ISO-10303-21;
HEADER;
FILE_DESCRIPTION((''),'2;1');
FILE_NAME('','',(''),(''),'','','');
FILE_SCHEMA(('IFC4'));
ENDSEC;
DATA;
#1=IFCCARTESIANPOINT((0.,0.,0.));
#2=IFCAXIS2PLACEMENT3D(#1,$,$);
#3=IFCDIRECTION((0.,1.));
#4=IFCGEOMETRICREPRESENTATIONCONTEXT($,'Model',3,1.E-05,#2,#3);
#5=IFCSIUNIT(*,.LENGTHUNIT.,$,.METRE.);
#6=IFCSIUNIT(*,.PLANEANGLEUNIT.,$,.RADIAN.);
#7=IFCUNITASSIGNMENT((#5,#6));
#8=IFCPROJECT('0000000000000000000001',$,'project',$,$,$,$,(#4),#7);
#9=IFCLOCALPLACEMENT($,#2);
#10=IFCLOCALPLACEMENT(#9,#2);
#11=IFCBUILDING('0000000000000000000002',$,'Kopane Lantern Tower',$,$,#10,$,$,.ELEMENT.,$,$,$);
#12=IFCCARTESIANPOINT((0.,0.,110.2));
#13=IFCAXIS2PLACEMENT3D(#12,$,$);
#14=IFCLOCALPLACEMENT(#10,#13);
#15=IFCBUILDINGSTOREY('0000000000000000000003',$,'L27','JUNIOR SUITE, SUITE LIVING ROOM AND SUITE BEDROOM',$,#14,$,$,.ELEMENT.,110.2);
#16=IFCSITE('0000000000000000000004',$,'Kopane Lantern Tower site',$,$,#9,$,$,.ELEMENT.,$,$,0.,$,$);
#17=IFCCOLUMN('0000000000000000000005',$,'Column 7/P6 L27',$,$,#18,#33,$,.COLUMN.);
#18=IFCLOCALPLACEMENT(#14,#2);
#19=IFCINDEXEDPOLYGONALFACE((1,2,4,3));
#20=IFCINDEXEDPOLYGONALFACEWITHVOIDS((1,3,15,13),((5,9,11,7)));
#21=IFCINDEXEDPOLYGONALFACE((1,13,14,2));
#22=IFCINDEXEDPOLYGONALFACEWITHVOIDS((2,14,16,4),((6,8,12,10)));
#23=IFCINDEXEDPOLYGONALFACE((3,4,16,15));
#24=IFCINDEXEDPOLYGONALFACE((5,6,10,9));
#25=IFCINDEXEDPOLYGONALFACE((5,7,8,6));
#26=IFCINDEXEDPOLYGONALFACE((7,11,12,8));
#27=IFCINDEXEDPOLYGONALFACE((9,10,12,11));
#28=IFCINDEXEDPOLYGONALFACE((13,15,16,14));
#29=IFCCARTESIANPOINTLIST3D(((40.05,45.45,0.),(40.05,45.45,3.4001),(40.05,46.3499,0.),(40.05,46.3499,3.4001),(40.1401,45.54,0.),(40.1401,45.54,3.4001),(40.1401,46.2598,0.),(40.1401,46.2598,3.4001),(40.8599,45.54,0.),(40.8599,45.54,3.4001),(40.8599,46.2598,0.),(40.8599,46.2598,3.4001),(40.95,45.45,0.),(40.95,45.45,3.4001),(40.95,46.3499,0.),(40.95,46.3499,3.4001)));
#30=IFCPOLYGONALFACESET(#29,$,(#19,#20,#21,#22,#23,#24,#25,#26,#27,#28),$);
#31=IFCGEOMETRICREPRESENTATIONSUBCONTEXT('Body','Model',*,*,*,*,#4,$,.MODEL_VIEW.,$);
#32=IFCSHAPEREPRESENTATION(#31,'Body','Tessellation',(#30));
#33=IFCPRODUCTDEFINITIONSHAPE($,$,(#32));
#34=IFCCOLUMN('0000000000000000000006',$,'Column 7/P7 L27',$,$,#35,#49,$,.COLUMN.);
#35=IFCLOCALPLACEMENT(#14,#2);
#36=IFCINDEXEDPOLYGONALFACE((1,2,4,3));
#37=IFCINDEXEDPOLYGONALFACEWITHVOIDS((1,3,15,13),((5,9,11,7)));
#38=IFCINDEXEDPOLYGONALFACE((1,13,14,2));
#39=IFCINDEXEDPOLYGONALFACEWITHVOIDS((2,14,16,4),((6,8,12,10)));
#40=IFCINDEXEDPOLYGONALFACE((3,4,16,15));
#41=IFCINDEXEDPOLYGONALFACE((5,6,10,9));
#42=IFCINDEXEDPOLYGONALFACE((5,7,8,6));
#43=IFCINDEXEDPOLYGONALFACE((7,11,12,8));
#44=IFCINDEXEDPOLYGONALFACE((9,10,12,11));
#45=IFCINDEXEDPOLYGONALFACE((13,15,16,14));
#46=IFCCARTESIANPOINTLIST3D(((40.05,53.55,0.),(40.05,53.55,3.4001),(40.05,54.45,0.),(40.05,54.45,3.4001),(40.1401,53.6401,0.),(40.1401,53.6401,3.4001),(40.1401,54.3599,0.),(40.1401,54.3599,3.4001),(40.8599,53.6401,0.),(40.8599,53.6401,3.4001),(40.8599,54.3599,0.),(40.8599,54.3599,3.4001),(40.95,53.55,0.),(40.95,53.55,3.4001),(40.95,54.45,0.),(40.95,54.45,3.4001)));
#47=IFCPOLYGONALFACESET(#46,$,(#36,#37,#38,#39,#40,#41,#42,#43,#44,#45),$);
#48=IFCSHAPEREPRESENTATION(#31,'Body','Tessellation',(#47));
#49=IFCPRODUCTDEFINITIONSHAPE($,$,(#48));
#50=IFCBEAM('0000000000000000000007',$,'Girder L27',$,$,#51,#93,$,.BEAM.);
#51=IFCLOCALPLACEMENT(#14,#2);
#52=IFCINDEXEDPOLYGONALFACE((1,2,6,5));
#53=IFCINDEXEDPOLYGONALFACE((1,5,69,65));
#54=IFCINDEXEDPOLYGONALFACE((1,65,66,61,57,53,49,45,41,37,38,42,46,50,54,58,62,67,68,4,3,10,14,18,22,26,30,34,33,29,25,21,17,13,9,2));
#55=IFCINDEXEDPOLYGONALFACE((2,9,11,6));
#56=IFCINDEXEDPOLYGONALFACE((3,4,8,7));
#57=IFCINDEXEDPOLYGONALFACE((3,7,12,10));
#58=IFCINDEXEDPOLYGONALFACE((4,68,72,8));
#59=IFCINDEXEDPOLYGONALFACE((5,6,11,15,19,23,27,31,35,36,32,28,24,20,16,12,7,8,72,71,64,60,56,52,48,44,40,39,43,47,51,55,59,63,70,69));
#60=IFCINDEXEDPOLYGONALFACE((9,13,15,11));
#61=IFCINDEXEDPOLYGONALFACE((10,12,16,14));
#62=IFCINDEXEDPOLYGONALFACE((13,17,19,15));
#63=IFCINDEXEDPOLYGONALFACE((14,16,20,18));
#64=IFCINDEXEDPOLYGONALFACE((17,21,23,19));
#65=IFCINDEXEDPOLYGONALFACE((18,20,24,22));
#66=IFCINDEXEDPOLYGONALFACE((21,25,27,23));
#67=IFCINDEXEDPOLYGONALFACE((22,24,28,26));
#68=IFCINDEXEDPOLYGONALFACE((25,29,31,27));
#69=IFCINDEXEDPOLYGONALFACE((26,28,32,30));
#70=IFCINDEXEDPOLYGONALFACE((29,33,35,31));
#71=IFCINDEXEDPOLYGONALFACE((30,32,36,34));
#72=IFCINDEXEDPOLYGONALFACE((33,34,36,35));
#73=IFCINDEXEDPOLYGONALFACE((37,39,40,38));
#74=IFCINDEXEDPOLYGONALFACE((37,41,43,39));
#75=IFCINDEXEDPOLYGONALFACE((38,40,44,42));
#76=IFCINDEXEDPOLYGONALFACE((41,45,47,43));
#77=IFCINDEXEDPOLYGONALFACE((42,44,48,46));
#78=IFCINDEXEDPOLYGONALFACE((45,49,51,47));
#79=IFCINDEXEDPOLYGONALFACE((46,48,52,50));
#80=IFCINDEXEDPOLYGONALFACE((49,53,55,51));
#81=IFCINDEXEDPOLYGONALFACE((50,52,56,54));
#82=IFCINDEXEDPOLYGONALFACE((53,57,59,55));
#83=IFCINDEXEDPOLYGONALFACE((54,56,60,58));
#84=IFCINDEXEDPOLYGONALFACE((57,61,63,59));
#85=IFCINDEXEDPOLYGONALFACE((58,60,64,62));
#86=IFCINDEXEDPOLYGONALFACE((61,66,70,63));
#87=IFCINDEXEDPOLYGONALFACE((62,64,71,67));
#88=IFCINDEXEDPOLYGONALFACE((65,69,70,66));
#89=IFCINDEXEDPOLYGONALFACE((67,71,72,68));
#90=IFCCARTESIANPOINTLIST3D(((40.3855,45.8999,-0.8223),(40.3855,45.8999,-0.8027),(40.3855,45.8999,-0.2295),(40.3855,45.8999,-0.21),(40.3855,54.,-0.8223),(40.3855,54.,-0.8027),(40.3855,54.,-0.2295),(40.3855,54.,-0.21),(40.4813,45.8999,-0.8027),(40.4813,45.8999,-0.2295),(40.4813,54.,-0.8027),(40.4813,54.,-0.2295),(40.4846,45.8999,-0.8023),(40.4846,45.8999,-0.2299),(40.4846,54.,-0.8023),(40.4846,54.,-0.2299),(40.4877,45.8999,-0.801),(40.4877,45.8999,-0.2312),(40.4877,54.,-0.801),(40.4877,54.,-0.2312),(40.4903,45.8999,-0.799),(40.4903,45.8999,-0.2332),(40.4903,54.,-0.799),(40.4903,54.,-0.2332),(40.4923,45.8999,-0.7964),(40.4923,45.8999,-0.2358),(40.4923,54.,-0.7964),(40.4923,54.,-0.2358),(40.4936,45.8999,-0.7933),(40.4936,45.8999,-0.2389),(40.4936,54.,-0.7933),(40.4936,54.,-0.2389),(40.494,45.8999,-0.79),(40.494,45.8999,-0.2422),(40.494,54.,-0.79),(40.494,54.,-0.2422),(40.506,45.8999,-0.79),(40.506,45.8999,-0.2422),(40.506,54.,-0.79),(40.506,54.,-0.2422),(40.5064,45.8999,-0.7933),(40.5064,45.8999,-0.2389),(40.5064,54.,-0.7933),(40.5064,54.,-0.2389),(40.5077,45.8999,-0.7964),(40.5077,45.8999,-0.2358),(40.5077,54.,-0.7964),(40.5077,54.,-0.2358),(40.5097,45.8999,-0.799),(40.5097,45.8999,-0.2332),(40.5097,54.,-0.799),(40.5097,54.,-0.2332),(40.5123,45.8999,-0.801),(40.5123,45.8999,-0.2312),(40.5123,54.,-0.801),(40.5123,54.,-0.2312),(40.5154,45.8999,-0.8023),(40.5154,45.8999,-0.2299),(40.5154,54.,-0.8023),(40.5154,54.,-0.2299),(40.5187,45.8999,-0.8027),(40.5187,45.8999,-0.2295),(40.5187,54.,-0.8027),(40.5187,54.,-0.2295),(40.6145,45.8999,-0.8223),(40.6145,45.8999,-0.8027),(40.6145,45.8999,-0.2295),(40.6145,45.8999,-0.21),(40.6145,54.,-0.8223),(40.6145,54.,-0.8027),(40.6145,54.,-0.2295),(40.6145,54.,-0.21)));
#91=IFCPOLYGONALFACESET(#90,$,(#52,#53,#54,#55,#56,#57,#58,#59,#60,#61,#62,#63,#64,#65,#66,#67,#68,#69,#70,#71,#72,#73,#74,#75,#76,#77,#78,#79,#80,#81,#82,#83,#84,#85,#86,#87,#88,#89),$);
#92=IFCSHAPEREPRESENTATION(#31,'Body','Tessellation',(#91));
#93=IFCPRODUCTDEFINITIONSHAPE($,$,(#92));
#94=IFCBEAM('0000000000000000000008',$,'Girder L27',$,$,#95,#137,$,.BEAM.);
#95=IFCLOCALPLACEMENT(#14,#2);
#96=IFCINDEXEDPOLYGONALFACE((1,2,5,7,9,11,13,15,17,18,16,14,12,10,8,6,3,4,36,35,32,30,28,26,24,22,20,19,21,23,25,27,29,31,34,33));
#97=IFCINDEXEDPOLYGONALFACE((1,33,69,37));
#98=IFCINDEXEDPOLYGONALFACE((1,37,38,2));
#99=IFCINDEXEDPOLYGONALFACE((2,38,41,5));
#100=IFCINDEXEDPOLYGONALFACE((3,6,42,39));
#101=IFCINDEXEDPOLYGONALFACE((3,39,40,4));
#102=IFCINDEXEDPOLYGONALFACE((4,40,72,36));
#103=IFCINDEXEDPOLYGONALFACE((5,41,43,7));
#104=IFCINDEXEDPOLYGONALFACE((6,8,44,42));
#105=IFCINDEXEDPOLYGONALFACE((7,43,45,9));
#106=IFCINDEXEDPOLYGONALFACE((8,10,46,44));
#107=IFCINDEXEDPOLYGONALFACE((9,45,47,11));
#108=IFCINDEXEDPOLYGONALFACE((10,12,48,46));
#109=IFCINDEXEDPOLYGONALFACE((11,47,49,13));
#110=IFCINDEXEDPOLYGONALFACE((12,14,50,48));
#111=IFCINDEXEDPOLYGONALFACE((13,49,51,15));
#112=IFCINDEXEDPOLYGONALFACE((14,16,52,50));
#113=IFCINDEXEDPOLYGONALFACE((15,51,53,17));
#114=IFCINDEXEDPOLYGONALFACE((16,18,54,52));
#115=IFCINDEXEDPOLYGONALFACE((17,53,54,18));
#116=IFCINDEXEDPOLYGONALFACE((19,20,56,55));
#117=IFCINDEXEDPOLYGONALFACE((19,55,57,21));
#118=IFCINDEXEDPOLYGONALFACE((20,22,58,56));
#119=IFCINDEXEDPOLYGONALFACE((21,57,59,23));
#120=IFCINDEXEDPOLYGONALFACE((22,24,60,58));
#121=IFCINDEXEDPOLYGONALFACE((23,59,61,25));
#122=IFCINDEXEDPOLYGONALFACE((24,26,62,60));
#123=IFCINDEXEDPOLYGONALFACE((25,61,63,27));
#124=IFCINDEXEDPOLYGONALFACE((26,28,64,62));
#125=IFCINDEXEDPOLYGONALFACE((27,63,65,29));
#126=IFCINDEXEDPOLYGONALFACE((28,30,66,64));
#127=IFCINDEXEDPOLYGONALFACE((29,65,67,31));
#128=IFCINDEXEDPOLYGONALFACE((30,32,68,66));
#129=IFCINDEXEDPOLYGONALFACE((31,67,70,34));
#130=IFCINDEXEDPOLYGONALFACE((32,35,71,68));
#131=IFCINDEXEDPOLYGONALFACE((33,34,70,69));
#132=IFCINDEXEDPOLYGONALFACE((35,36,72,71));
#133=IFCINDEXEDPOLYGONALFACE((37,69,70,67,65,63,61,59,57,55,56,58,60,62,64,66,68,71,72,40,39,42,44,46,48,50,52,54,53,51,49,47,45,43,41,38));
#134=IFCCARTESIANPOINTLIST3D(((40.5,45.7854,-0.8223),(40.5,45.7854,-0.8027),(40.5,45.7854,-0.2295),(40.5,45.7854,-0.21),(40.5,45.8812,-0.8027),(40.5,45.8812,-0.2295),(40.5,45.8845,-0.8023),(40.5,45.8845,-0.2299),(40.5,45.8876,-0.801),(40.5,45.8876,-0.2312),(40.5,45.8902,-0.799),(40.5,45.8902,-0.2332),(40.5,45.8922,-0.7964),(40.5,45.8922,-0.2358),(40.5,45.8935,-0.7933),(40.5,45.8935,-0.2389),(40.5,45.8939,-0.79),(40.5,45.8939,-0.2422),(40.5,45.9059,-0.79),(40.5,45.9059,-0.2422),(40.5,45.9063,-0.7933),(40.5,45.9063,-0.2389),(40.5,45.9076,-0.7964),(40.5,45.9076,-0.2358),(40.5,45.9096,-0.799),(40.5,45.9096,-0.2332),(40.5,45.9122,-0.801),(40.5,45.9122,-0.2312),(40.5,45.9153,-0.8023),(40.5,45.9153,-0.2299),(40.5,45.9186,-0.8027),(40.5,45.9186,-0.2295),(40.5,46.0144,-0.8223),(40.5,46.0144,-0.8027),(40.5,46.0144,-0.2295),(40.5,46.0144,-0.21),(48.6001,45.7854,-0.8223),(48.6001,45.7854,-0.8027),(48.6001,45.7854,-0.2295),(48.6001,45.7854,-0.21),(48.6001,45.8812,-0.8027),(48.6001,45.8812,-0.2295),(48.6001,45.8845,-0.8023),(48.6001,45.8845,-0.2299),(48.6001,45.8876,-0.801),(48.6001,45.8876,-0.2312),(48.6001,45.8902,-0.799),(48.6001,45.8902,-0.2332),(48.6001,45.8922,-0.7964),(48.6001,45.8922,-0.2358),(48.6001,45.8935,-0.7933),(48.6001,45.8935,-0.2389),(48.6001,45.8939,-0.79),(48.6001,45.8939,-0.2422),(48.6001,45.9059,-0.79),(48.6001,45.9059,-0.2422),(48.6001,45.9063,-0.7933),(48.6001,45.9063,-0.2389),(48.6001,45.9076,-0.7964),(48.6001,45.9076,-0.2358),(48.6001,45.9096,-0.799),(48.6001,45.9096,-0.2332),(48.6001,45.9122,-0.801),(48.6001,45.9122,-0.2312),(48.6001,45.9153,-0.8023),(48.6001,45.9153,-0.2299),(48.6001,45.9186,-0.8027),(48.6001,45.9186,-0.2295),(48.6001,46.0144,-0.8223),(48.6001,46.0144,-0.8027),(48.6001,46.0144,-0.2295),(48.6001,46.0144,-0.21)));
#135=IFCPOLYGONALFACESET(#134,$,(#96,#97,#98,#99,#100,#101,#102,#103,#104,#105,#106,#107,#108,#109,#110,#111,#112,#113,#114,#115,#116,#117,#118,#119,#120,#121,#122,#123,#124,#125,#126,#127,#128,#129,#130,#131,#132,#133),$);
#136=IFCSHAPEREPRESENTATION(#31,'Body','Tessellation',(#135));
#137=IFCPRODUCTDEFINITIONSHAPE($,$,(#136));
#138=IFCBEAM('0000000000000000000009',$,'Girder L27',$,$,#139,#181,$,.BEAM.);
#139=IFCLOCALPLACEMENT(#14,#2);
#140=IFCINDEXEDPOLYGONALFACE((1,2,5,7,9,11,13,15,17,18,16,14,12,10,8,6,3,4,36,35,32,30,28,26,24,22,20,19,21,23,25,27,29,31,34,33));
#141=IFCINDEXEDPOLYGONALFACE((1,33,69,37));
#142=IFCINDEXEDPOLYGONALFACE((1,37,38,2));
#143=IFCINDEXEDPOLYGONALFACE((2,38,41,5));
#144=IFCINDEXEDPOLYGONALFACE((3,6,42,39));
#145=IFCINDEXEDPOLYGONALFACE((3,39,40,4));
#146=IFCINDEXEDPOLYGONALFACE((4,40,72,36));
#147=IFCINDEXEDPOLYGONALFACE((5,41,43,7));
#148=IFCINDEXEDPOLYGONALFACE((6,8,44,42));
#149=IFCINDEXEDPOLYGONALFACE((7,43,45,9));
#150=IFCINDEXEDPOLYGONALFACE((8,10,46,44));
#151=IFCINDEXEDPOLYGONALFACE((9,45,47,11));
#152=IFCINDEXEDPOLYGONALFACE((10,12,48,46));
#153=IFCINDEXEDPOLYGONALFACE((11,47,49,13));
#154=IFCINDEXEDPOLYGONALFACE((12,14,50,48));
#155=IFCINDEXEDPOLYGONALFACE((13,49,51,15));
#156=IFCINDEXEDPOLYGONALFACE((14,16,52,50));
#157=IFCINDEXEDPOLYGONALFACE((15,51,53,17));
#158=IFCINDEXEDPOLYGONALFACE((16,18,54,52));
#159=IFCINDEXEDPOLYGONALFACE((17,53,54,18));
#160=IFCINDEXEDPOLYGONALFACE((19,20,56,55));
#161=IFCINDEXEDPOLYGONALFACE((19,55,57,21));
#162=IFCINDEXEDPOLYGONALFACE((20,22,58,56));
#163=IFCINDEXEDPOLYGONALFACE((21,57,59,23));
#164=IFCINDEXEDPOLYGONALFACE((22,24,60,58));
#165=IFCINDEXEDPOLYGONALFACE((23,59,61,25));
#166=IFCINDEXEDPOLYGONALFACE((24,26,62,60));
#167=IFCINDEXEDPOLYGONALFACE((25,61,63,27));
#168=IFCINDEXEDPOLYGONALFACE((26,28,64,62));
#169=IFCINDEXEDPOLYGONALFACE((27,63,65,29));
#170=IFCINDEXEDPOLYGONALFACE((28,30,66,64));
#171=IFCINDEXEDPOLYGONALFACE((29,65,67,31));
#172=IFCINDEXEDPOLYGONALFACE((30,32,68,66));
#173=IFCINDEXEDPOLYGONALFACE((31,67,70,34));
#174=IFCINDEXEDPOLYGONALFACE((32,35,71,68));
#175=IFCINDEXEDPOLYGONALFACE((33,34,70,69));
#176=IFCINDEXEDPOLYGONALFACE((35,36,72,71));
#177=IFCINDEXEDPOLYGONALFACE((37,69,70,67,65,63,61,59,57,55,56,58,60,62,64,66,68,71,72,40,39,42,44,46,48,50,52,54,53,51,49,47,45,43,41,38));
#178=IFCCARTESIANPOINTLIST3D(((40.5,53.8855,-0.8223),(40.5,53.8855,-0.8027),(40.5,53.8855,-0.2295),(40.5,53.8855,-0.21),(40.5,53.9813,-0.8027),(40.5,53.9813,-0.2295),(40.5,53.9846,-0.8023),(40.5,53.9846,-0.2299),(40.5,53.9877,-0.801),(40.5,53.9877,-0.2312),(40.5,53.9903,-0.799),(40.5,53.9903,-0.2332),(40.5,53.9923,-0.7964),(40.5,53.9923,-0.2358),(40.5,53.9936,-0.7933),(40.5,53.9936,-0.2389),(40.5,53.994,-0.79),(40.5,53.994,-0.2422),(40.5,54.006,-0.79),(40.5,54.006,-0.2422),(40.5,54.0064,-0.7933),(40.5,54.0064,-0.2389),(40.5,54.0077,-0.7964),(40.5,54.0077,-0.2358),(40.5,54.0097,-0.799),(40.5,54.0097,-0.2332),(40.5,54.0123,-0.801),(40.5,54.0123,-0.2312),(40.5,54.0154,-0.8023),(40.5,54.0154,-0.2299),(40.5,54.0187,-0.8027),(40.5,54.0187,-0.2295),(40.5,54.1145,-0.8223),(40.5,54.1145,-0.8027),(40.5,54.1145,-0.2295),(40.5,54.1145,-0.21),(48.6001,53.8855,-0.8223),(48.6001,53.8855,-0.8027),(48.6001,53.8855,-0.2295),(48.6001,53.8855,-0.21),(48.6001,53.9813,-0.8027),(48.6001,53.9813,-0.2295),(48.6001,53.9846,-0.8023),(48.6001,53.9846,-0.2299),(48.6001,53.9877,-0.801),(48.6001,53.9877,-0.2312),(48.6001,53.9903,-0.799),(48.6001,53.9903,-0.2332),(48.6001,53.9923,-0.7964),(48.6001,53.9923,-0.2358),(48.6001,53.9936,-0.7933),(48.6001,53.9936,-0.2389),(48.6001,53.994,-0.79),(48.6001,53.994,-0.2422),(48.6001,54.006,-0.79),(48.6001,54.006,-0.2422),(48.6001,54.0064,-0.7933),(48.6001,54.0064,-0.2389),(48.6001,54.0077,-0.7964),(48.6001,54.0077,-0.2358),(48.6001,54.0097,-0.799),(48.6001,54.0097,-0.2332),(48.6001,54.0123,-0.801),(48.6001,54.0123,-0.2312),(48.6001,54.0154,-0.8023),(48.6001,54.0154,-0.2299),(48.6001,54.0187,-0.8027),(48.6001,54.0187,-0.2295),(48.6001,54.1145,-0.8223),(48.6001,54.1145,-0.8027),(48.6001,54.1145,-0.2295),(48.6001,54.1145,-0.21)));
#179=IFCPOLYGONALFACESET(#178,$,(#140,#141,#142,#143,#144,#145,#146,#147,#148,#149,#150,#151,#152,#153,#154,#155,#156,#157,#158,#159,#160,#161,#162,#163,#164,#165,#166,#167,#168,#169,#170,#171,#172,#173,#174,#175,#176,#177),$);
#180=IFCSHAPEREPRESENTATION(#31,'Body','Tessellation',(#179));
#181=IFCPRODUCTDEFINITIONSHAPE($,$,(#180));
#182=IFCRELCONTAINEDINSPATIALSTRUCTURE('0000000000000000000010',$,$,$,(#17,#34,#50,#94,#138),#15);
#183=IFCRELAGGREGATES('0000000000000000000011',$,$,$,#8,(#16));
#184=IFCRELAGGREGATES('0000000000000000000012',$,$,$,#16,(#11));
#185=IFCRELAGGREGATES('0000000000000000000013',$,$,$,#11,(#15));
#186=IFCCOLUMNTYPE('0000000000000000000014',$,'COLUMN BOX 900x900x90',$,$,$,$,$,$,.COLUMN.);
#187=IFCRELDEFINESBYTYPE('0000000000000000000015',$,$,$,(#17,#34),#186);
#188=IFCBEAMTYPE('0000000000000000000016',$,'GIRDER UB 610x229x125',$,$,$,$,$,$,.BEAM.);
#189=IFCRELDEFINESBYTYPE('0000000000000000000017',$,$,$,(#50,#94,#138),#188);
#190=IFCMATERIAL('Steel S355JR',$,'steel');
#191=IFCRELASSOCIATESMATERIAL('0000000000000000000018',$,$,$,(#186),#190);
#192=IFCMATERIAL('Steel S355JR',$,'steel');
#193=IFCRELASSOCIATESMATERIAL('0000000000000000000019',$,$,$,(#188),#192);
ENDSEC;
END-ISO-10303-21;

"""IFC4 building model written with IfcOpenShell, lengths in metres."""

from ifc_helpers import new_model, si_unit, direction, frame, origin, origin_2d, place, context, subcontext, project, spatial, hollow_rectangle, i_section, extrude, material, material_profile, profile_set, type_object, element, save


model = new_model("IFC4")

# Units and contexts
model_context = context("Model", 3, precision=1e-05, world=origin(), true_north=direction((0.0, 1.0)))
body_context = subcontext(model_context, "Body", "Model", "MODEL_VIEW")
ifc_project = project(units=[si_unit("LENGTHUNIT", "METRE"), si_unit("PLANEANGLEUNIT", "RADIAN")], contexts=[model_context])

# Site, building, storey
site_placement = place(None, origin())
site = spatial("IfcSite", under=ifc_project, at=site_placement, Name="Kopane Lantern Tower site", CompositionType="ELEMENT", RefElevation=0.0)
building_placement = place(site_placement, origin())
building = spatial("IfcBuilding", under=site, at=building_placement, Name="Kopane Lantern Tower", CompositionType="ELEMENT")
storey_placement = place(building_placement, frame((0.0, 0.0, 110.2)))
storey = spatial("IfcBuildingStorey", under=building, at=storey_placement, Name="L27", Description="JUNIOR SUITE, SUITE LIVING ROOM AND SUITE BEDROOM", CompositionType="ELEMENT", Elevation=110.2)

# Columns
ifc_material_1 = material(Name="Steel S355JR", Category="steel")
ifc_material_profile_1 = material_profile(ifc_material_1, hollow_rectangle(XDim=0.8999, YDim=0.8999, WallThickness=0.0901, at=origin_2d()), Name="BOX 900x900x90")
ifc_profile_set_1 = profile_set([ifc_material_profile_1], Name="Steel S355JR")
column_type = type_object("IfcColumnType", Name="COLUMN BOX 900x900x90", PredefinedType="COLUMN", material=ifc_profile_set_1)
for number, where, z_axis, x_axis, name in (
    (1, (40.5, 45.8999, 0.0), (0.0, 0.0, 1.0), (1.0, 0.0, 0.0), "Column 7/P6 L27"),
    (2, (40.5, 54.0, 0.0), (0.0, 0.0, 1.0), (1.0, 0.0, 0.0), "Column 7/P7 L27"),
):
    element("IfcColumn", number, at=place(storey_placement, frame(where, z_axis=z_axis, x_axis=x_axis)), inside=storey, type_object=column_type, Name=name, PredefinedType="COLUMN", context=body_context, shape_type="SweptSolid", body=[
        extrude(hollow_rectangle(XDim=0.8999, YDim=0.8999, WallThickness=0.0901, at=origin_2d()), origin(), (0.0, 0.0, 1.0), 3.4001),
    ])

# Beams
ifc_material_2 = material(Name="Steel S355JR", Category="steel")
ifc_material_profile_2 = material_profile(ifc_material_2, i_section(OverallWidth=0.229, OverallDepth=0.6123, WebThickness=0.012, FlangeThickness=0.0195, FilletRadius=0.0127, at=origin_2d()), Name="UB 610x229x125")
ifc_profile_set_2 = profile_set([ifc_material_profile_2], Name="Steel S355JR")
beam_type = type_object("IfcBeamType", Name="GIRDER UB 610x229x125", PredefinedType="BEAM", material=ifc_profile_set_2)
for number, where, z_axis, x_axis, name in (
    (3, (40.5, 45.8999, -0.5161), (0.0, 1.0, 0.0), (-1.0, 0.0, 0.0), "Girder L27"),
    (4, (40.5, 45.8999, -0.5161), (1.0, 0.0, 0.0), (0.0, 1.0, 0.0), "Girder L27"),
    (5, (40.5, 54.0, -0.5161), (1.0, 0.0, 0.0), (0.0, 1.0, 0.0), "Girder L27"),
):
    element("IfcBeam", number, at=place(storey_placement, frame(where, z_axis=z_axis, x_axis=x_axis)), inside=storey, type_object=beam_type, Name=name, PredefinedType="BEAM", context=body_context, shape_type="SweptSolid", body=[
        extrude(i_section(OverallWidth=0.229, OverallDepth=0.6123, WebThickness=0.012, FlangeThickness=0.0195, FilletRadius=0.0127, at=origin_2d()), origin(), (0.0, 0.0, 1.0), 8.1001),
    ])

save(model, "model.ifc")
